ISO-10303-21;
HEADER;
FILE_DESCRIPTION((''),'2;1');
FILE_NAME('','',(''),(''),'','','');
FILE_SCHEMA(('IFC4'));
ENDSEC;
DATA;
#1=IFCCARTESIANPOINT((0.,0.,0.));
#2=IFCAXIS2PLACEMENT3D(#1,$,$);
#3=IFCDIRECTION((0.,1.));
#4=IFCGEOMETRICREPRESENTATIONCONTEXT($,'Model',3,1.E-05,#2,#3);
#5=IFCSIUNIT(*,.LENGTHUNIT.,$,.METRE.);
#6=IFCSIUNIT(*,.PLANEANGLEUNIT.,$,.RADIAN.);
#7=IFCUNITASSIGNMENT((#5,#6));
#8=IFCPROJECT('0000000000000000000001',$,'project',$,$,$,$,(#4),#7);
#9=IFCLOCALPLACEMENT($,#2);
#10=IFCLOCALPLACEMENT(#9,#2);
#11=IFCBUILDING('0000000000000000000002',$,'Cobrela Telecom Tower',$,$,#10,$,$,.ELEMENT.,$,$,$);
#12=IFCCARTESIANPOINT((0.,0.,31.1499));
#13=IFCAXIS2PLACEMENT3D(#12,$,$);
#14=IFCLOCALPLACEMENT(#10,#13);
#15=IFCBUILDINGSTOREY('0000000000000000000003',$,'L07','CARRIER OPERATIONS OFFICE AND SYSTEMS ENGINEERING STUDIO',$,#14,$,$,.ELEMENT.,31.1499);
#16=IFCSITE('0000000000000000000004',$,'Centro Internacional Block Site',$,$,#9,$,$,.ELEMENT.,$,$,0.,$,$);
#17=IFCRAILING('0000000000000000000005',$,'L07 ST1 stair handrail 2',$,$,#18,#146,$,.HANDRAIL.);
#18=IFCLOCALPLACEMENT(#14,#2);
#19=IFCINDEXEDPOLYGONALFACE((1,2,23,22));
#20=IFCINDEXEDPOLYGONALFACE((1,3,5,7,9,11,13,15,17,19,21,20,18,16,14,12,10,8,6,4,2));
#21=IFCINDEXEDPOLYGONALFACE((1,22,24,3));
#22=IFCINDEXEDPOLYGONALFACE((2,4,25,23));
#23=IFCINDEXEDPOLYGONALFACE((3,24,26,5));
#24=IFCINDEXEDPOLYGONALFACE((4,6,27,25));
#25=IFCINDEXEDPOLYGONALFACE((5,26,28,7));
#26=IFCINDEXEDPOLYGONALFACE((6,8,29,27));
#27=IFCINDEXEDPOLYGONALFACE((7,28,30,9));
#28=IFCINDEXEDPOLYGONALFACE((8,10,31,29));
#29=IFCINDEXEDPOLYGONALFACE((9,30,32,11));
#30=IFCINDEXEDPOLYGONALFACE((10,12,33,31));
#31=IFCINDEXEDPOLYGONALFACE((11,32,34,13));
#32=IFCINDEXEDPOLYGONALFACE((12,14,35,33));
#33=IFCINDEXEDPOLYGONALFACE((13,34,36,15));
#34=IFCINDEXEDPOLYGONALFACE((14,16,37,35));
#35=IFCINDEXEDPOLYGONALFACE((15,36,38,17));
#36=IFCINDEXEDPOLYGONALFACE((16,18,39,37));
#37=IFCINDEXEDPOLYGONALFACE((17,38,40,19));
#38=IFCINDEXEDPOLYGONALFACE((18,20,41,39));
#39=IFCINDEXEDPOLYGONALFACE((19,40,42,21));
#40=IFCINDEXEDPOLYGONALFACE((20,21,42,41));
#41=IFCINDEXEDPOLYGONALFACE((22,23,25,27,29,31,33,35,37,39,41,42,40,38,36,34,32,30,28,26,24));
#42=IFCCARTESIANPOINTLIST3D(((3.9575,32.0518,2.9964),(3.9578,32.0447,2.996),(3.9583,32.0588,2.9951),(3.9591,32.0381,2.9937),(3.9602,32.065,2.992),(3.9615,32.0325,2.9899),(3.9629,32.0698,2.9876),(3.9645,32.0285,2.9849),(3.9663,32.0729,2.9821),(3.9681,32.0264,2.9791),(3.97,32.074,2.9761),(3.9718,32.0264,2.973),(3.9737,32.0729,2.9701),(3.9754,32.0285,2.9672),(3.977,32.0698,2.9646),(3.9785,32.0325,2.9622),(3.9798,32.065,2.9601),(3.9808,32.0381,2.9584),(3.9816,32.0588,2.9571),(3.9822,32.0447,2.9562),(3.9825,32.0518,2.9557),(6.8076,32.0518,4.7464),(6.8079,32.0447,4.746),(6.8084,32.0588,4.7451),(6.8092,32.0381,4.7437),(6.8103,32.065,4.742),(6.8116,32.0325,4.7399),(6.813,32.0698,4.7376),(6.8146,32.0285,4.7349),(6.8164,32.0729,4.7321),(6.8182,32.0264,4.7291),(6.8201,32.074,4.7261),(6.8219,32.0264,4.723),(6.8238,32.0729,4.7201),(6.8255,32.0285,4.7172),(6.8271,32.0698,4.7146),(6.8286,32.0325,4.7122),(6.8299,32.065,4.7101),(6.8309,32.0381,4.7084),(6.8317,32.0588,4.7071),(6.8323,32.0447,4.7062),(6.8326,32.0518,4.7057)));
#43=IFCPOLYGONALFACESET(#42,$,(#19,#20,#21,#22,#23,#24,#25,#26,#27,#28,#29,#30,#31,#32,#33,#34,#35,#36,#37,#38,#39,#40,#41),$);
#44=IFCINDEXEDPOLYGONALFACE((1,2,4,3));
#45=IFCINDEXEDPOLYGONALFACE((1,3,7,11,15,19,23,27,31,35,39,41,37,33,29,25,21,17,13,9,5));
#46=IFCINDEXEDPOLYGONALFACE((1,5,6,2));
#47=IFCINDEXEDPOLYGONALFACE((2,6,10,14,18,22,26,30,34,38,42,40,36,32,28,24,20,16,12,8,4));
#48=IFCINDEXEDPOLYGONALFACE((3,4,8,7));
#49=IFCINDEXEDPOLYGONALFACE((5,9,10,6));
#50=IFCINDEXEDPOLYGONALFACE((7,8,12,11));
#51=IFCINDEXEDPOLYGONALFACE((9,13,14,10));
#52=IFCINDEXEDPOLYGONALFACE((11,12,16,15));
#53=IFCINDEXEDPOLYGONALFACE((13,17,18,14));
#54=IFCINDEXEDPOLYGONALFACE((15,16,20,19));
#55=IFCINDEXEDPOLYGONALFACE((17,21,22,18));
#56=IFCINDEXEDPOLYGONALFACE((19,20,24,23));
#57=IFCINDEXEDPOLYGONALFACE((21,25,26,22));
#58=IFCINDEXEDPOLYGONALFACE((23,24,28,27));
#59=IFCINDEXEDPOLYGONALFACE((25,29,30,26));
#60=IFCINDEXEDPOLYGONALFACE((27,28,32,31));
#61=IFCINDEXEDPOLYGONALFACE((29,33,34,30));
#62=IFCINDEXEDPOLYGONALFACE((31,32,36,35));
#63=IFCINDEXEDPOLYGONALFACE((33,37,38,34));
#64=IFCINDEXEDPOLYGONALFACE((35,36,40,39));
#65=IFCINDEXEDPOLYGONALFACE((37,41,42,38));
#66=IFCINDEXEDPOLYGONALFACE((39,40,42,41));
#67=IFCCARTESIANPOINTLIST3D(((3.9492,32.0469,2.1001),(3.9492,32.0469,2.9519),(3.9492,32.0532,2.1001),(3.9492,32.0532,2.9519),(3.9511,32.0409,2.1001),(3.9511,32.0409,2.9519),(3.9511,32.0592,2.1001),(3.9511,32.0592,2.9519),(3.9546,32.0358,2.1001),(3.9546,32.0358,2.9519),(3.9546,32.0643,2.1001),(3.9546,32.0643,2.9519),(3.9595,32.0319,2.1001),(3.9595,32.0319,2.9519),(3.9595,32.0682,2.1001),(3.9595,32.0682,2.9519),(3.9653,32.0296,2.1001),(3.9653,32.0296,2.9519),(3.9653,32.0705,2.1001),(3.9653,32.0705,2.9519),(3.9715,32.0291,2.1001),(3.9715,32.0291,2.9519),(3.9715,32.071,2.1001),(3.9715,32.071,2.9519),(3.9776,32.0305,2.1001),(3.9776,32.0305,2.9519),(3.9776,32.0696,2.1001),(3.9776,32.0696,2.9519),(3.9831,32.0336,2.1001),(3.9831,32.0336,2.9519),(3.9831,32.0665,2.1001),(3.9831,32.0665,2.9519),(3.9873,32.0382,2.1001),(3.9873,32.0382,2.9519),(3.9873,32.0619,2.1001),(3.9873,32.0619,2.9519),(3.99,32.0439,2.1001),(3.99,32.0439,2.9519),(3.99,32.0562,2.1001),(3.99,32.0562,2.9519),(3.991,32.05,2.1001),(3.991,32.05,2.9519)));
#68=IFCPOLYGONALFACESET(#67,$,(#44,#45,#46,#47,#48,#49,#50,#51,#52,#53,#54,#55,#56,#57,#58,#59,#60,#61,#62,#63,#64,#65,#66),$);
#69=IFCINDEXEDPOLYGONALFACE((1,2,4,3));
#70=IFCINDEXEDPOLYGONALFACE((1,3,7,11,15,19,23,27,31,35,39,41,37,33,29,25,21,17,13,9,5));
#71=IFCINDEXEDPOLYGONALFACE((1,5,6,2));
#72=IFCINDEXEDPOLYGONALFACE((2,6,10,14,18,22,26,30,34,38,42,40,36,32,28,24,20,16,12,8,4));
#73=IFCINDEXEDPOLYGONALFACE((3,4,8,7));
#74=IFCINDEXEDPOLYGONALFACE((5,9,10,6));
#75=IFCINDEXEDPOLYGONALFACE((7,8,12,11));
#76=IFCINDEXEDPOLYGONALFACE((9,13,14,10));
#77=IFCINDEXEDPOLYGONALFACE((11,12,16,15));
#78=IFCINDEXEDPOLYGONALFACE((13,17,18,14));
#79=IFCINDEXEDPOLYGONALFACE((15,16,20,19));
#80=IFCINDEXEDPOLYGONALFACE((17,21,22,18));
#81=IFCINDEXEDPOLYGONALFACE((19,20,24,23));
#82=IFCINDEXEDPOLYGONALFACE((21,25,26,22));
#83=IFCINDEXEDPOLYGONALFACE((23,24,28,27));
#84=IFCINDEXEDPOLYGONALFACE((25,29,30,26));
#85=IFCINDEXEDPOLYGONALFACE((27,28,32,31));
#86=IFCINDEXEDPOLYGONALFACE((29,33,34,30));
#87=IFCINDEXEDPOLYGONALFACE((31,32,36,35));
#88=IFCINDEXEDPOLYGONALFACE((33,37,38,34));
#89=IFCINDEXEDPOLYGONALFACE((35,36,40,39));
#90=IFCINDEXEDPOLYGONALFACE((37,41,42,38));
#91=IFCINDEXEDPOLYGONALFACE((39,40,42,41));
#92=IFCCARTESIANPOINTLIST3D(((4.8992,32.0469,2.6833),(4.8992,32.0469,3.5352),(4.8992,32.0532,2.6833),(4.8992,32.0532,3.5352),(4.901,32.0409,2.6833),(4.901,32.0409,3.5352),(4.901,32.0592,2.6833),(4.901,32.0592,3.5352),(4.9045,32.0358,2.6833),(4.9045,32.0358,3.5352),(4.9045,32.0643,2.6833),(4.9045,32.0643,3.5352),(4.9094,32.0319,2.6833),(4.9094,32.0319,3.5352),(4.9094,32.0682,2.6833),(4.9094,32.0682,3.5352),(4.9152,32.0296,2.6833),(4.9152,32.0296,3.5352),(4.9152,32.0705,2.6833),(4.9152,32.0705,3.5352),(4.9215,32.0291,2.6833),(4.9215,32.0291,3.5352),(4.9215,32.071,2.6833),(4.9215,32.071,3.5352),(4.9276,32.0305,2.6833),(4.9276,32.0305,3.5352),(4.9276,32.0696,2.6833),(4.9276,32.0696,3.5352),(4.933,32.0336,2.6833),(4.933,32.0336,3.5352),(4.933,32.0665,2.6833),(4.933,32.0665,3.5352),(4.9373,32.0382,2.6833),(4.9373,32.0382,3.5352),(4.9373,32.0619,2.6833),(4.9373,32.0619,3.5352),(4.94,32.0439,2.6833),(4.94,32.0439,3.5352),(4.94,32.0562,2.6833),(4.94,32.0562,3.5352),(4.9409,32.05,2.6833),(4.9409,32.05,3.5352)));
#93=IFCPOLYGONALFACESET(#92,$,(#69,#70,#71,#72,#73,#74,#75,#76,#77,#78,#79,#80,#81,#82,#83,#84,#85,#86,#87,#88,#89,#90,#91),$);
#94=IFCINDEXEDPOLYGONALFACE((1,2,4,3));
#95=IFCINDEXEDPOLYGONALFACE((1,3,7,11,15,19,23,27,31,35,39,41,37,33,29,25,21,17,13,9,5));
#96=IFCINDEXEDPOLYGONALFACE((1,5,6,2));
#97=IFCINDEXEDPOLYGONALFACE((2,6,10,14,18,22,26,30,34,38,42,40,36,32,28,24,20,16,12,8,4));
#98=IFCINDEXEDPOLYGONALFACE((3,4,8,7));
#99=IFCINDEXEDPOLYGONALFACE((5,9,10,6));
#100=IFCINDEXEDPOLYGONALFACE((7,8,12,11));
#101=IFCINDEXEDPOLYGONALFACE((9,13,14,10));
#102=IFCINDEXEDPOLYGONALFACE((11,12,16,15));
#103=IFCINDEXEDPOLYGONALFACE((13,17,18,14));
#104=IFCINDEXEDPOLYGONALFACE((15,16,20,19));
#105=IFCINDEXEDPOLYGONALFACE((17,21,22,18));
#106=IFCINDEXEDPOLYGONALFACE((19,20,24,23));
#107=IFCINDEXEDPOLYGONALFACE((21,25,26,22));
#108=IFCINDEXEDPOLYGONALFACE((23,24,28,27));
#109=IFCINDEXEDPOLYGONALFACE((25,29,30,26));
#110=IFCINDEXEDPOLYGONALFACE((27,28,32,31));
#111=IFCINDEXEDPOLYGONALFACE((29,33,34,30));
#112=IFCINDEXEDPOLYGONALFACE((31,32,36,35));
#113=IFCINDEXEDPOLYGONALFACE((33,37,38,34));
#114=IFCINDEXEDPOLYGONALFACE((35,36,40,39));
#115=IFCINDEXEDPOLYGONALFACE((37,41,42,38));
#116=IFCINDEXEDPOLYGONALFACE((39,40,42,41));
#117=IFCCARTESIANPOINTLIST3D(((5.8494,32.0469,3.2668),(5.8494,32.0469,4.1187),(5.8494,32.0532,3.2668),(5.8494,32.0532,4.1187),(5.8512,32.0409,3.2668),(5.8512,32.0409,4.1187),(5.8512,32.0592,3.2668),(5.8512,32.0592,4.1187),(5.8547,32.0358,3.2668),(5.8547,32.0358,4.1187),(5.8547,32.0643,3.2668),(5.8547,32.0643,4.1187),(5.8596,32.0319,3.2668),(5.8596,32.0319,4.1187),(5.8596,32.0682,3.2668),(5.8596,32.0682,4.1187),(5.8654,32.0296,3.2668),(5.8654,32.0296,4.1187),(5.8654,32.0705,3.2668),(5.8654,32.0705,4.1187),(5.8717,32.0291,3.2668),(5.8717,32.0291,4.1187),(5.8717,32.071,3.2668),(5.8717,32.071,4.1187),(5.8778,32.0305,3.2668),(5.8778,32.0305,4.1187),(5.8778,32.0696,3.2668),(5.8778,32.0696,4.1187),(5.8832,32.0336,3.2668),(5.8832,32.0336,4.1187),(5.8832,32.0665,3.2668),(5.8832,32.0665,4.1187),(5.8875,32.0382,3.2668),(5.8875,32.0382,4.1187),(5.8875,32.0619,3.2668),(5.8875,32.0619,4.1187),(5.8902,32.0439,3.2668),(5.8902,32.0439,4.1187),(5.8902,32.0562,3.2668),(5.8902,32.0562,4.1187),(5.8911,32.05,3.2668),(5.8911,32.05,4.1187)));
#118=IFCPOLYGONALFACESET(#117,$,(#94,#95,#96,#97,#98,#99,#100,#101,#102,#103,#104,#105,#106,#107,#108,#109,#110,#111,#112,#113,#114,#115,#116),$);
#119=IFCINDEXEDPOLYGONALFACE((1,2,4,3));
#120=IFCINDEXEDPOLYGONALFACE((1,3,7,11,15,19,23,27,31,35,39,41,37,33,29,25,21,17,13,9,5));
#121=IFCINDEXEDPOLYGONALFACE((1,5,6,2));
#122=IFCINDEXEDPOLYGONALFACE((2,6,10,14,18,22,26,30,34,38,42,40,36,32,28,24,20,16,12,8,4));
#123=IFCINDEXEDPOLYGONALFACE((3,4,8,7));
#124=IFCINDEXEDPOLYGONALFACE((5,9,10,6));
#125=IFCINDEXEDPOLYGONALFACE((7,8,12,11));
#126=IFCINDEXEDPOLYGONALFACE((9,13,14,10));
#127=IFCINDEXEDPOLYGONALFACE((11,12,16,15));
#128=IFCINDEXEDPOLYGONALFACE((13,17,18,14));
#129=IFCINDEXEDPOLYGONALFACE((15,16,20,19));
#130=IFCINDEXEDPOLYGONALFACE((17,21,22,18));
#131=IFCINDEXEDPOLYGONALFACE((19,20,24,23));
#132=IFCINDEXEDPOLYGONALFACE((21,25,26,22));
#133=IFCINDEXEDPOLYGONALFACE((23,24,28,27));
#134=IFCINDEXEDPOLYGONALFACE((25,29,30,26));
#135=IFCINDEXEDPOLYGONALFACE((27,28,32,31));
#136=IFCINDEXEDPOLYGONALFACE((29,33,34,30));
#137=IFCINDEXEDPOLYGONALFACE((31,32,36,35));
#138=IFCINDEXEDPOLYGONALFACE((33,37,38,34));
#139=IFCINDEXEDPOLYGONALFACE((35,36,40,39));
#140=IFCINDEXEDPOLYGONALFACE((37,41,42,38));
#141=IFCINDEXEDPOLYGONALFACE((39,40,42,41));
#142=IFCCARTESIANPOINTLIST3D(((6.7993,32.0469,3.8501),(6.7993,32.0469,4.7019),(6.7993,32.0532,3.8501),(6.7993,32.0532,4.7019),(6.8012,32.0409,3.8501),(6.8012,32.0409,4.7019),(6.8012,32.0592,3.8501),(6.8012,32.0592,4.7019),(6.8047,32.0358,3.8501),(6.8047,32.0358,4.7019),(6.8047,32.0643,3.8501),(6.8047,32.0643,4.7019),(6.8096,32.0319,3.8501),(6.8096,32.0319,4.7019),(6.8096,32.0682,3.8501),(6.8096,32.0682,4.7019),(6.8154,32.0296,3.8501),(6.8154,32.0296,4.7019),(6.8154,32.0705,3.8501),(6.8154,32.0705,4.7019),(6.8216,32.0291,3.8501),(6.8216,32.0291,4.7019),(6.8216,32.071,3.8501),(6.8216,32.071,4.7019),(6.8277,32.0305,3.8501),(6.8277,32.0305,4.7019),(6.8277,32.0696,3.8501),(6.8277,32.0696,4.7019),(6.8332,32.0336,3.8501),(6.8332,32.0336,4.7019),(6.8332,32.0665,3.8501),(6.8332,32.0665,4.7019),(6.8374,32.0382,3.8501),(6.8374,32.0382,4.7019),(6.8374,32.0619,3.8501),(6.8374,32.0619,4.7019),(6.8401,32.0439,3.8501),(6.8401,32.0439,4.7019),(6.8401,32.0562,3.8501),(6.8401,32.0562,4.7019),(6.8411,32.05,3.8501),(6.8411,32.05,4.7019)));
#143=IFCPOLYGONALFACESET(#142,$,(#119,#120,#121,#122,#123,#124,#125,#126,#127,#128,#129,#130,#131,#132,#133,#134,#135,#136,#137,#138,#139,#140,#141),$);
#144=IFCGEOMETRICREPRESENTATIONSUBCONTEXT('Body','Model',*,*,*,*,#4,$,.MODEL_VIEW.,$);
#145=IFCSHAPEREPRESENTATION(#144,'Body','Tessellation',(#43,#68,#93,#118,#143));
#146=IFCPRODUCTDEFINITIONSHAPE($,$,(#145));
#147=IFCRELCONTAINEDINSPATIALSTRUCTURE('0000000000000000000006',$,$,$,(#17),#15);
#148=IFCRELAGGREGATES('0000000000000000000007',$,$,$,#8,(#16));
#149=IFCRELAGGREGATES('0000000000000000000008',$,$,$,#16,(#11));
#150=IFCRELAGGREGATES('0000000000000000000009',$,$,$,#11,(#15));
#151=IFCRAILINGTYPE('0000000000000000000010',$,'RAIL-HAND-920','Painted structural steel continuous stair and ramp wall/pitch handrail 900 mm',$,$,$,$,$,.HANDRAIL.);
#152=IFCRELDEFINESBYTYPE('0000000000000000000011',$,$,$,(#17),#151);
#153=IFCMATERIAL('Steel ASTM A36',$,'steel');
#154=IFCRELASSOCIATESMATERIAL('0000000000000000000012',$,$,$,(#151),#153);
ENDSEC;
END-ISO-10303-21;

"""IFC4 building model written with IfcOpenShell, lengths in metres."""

from ifc_helpers import new_model, si_unit, direction, frame, origin, origin_2d, place, context, subcontext, project, spatial, circle, extrude, material, type_object, element, save


model = new_model("IFC4")

# Units and contexts
model_context = context("Model", 3, precision=1e-05, world=origin(), true_north=direction((0.0, 1.0)))
body_context = subcontext(model_context, "Body", "Model", "MODEL_VIEW")
ifc_project = project(units=[si_unit("LENGTHUNIT", "METRE"), si_unit("PLANEANGLEUNIT", "RADIAN")], contexts=[model_context])

# Site, building, storey
site_placement = place(None, origin())
site = spatial("IfcSite", under=ifc_project, at=site_placement, Name="Centro Internacional Block Site", CompositionType="ELEMENT", RefElevation=0.0)
building_placement = place(site_placement, origin())
building = spatial("IfcBuilding", under=site, at=building_placement, Name="Cobrela Telecom Tower", CompositionType="ELEMENT")
storey_placement = place(building_placement, frame((0.0, 0.0, 31.1499)))
storey = spatial("IfcBuildingStorey", under=building, at=storey_placement, Name="L07", Description="CARRIER OPERATIONS OFFICE AND SYSTEMS ENGINEERING STUDIO", CompositionType="ELEMENT", Elevation=31.1499)

# Shared definitions
ifc_material_1 = material(Name="Steel ASTM A36", Category="steel")

# Railing
railing_type_1 = type_object("IfcRailingType", Name="RAIL-HAND-920", Description="Painted structural steel continuous stair and ramp wall/pitch handrail 900 mm", PredefinedType="HANDRAIL", material=ifc_material_1)
railing_1_placement = place(storey_placement, frame((3.97, 32.05, 2.1001)))
element("IfcRailing", 1, at=railing_1_placement, inside=storey, type_object=railing_type_1, Name="L07 ST1 stair handrail 2", PredefinedType="HANDRAIL", context=body_context, shape_type="SweptSolid", body=[
    extrude(circle(Radius=0.0239, at=origin_2d()), frame((0.0, 0.0, 0.876), z_axis=(0.852179, 0.0, 0.52325), x_axis=(0.0, 1.0, 0.0)), (0.0, 0.0, 1.0), 3.3445),
    extrude(circle(Radius=0.021, at=origin_2d()), origin(), (0.0, 0.0, 1.0), 0.8518),
    extrude(circle(Radius=0.021, at=origin_2d()), frame((0.95, 0.0, 0.5833)), (0.0, 0.0, 1.0), 0.8518),
    extrude(circle(Radius=0.021, at=origin_2d()), frame((1.9001, 0.0, 1.1667)), (0.0, 0.0, 1.0), 0.8518),
    extrude(circle(Radius=0.021, at=origin_2d()), frame((2.8501, 0.0, 1.75)), (0.0, 0.0, 1.0), 0.8518),
])

save(model, "model.ifc")
